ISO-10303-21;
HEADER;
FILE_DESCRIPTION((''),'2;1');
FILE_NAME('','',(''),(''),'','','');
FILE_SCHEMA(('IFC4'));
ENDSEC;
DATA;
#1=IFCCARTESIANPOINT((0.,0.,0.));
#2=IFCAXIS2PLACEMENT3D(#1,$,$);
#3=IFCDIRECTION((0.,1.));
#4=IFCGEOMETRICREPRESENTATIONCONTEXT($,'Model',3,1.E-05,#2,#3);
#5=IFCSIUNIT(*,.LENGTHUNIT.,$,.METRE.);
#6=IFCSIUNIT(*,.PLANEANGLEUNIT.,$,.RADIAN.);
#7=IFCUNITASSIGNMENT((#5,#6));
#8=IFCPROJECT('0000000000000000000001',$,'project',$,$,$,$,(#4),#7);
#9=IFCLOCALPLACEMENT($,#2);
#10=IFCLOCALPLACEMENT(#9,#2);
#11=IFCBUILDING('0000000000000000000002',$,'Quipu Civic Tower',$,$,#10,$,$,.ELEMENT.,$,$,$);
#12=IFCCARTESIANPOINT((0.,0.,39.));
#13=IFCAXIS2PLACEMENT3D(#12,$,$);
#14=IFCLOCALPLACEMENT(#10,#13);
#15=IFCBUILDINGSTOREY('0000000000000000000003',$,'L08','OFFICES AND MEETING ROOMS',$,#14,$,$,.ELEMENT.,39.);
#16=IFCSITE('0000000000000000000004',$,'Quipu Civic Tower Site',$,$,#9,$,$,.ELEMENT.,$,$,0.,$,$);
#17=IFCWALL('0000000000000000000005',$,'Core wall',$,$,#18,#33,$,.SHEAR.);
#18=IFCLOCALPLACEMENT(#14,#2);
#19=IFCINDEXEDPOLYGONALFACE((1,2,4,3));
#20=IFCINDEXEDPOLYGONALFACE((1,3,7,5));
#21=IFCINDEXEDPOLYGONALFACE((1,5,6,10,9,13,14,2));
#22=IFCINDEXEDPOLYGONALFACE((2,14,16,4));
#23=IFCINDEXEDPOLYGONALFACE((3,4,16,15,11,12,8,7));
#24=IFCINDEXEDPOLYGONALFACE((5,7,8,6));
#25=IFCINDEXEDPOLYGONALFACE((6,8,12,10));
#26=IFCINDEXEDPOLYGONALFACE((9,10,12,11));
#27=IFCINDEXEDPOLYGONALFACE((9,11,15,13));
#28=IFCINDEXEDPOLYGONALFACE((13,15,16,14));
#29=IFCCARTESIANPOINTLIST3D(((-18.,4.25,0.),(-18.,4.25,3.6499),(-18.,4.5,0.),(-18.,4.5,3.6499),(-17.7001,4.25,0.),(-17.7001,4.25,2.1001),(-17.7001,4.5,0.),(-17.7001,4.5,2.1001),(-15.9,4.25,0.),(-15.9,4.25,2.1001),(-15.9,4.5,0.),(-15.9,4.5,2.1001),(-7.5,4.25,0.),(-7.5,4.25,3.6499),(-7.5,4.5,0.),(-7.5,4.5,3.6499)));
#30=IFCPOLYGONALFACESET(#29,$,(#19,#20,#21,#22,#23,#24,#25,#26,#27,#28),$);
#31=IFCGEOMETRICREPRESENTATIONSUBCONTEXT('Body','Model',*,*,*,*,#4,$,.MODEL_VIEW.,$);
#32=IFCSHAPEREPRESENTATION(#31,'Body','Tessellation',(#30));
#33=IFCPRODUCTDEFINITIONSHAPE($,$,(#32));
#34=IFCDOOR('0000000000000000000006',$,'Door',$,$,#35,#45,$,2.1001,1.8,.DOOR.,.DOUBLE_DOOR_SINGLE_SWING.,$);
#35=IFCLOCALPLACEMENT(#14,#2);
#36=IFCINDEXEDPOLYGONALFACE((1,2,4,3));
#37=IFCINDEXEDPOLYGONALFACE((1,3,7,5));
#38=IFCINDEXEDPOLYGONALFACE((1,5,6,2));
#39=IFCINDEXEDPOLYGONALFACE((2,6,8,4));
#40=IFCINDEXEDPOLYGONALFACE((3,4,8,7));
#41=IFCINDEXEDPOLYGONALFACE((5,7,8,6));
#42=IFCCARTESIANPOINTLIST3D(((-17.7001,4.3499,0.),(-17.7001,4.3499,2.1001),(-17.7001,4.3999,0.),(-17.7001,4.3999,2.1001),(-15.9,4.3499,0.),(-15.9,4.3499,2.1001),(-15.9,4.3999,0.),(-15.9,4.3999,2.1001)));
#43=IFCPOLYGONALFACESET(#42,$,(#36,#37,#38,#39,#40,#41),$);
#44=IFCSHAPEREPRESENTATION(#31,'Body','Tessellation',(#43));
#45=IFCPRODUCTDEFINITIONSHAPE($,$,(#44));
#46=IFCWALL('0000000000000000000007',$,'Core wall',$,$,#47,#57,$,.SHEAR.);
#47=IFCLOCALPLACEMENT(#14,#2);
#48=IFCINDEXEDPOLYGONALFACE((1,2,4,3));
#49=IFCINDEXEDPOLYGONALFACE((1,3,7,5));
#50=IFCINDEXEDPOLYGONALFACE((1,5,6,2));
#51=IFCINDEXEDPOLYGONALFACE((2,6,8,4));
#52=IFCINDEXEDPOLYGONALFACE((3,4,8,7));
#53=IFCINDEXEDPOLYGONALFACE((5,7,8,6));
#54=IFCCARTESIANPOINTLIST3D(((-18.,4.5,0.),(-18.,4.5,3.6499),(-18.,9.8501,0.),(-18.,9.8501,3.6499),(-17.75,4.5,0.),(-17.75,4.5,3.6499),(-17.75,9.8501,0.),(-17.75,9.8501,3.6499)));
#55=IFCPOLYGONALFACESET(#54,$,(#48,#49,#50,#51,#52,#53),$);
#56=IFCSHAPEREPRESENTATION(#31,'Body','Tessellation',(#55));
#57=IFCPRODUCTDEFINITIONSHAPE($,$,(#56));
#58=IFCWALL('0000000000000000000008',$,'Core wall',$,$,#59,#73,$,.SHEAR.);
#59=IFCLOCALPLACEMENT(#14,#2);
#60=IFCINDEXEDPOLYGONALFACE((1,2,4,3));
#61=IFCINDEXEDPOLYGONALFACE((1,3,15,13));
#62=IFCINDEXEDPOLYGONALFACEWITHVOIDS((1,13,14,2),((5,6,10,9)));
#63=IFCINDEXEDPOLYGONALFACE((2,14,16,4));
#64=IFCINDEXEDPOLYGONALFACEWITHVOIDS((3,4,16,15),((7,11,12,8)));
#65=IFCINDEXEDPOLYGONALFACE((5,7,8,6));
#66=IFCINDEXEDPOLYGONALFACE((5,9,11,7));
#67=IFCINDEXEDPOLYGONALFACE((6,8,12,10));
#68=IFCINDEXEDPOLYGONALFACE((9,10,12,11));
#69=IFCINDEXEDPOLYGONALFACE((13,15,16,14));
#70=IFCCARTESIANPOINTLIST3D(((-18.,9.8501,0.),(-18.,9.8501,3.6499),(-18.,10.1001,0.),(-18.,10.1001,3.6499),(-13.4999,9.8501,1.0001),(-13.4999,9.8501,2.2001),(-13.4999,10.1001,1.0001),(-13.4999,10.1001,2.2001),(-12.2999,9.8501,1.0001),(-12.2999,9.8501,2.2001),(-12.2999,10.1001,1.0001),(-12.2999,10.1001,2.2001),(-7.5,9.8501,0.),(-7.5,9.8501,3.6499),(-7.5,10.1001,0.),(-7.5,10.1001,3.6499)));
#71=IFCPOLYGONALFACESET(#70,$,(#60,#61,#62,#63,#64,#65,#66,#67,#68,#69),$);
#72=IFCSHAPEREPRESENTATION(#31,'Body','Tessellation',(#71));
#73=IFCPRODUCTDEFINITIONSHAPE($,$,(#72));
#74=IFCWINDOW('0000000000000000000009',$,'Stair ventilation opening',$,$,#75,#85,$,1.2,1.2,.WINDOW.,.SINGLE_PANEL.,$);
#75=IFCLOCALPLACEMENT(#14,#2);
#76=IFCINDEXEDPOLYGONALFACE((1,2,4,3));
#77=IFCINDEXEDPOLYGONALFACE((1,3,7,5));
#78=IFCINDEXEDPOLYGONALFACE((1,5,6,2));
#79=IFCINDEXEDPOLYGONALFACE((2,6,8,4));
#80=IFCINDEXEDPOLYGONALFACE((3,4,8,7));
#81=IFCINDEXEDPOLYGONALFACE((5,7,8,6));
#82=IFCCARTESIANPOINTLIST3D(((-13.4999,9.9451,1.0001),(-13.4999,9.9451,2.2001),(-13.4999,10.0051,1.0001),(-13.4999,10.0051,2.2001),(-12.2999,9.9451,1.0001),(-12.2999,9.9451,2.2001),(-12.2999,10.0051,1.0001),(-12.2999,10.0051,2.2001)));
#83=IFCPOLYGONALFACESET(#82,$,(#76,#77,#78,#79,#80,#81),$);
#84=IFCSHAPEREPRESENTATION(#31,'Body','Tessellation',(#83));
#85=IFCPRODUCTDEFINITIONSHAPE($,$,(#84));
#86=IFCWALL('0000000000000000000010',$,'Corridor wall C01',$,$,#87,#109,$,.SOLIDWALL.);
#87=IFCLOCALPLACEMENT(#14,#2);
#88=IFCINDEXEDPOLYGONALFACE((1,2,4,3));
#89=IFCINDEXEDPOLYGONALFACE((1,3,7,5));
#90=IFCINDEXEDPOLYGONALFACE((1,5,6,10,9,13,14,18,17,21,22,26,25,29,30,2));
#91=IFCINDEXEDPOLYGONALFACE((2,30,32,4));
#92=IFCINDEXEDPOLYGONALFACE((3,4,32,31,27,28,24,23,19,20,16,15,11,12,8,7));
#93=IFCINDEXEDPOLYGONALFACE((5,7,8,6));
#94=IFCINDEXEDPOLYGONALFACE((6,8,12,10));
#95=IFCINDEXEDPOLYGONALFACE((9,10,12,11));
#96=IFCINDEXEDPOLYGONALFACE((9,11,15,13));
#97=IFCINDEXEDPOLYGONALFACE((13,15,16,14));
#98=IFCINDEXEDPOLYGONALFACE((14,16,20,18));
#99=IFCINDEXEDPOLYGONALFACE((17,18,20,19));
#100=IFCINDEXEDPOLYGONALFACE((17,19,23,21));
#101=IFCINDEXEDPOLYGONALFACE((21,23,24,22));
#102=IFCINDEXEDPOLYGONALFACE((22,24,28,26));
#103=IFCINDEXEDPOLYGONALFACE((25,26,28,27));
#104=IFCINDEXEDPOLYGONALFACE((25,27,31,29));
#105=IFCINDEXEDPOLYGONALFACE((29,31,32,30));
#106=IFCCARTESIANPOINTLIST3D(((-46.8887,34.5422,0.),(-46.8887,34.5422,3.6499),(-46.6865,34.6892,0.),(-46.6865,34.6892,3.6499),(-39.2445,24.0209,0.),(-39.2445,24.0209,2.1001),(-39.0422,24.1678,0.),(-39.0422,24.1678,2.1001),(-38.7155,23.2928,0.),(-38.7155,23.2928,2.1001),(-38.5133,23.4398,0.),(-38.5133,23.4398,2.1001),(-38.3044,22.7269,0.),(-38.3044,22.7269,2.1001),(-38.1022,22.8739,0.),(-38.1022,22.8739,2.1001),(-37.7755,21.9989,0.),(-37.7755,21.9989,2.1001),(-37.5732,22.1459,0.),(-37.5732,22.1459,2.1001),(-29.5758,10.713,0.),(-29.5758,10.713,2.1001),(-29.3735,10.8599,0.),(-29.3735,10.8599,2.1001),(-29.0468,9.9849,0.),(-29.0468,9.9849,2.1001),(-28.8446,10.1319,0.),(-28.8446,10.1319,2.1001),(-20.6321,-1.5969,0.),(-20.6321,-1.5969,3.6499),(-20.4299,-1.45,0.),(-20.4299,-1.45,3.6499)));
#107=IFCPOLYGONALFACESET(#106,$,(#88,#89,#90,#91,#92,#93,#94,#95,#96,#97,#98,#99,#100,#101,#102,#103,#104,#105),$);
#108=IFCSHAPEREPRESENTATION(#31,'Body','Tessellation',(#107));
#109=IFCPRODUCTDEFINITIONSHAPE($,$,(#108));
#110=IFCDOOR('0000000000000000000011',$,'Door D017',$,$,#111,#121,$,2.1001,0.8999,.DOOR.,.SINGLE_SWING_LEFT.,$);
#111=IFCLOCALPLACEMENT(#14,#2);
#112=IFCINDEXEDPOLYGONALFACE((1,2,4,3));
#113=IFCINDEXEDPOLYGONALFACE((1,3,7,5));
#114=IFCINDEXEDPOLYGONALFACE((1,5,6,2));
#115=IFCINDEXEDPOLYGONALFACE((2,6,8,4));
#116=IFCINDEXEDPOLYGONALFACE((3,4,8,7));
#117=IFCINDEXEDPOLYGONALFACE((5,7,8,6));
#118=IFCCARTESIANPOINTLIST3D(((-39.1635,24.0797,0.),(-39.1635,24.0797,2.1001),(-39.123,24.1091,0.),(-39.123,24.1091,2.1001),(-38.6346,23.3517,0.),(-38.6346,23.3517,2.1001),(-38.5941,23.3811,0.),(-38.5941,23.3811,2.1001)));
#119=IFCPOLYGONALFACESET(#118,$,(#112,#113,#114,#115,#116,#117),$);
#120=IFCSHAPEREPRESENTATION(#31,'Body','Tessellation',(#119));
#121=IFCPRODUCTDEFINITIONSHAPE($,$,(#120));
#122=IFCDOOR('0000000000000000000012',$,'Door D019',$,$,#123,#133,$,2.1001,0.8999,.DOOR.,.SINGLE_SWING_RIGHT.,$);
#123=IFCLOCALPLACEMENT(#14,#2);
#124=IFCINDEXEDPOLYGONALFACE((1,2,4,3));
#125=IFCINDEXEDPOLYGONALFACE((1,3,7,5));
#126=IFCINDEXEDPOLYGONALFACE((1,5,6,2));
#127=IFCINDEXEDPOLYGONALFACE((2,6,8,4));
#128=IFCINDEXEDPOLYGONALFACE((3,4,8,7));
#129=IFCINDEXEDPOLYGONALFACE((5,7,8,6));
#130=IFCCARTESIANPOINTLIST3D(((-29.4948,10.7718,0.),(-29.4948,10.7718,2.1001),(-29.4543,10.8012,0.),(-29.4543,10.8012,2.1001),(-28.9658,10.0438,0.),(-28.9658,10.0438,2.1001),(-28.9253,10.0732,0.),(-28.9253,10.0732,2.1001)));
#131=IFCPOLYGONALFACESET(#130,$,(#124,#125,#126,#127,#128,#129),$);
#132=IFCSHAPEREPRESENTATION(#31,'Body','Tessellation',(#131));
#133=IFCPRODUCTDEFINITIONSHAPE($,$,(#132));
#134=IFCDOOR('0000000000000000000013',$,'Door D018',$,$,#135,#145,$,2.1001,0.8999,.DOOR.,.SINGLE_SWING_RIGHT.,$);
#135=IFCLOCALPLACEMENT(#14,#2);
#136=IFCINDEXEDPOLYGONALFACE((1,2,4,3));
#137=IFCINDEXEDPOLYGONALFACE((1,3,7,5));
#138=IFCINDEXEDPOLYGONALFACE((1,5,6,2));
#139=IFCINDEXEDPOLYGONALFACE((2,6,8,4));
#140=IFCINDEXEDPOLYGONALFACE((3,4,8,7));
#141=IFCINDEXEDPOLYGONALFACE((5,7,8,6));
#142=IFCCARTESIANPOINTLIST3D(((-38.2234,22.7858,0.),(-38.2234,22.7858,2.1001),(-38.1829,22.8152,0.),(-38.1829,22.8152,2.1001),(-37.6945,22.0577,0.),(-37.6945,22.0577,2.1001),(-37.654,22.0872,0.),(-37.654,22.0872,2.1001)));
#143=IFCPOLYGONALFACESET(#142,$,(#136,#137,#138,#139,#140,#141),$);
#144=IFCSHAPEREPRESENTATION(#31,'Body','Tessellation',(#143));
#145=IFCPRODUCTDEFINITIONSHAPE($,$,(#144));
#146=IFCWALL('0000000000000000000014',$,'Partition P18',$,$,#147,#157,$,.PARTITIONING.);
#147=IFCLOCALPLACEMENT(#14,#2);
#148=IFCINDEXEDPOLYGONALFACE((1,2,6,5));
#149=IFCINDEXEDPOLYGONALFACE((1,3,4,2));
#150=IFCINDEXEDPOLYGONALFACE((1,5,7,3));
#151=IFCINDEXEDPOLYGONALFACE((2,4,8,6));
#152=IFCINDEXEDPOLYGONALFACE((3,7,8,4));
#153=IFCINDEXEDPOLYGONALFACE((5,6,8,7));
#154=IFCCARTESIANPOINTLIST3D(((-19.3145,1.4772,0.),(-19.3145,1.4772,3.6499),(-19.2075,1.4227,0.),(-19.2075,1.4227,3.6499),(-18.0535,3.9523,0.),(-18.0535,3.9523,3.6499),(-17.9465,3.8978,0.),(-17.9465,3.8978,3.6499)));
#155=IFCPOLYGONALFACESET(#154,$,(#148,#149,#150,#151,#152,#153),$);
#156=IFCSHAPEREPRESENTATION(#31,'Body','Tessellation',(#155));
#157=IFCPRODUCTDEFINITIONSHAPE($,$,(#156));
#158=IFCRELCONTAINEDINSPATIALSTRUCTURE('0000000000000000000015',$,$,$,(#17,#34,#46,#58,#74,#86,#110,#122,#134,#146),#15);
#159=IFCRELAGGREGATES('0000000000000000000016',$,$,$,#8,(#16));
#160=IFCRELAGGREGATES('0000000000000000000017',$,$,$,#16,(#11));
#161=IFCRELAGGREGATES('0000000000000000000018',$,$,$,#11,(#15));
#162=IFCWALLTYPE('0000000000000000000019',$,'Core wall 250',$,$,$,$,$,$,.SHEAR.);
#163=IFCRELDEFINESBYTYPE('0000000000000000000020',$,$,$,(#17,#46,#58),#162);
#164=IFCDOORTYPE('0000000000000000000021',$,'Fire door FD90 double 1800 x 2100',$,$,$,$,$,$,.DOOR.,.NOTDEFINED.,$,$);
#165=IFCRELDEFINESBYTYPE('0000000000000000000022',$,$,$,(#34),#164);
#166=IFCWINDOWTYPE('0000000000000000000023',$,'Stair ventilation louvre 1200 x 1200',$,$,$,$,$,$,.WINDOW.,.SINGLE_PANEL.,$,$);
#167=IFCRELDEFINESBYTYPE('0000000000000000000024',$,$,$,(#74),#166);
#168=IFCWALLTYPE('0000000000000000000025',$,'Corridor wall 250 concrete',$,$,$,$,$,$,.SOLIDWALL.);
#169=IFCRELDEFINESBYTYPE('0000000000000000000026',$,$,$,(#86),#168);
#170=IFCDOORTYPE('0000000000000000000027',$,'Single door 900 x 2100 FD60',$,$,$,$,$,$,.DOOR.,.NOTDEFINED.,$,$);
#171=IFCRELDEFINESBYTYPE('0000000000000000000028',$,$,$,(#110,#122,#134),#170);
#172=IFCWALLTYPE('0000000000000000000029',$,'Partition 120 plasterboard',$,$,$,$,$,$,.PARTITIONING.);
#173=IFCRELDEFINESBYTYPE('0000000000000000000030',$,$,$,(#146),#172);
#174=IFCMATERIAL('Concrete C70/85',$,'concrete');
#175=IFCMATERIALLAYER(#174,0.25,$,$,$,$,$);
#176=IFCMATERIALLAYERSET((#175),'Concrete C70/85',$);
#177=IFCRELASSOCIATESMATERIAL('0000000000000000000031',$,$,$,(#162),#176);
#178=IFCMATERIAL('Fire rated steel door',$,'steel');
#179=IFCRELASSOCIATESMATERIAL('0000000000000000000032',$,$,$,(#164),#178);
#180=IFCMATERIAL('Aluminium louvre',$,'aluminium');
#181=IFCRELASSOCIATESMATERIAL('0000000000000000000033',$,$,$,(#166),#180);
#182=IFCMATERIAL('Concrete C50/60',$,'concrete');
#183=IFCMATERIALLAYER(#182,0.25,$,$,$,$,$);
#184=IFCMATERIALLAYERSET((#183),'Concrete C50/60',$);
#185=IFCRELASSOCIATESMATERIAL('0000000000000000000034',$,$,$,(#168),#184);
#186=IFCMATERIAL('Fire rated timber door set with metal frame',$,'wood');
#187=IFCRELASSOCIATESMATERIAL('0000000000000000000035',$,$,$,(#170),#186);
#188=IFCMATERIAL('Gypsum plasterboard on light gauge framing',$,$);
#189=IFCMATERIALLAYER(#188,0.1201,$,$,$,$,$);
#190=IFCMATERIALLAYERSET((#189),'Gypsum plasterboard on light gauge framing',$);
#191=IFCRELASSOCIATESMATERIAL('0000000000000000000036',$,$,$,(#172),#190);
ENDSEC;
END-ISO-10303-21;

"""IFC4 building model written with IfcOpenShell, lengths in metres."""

from ifc_helpers import new_model, si_unit, direction, frame, frame_2d, origin, place, context, subcontext, project, spatial, rectangle, extrude, material, layer, layer_set, type_object, element, fill, save


model = new_model("IFC4")

# Units and contexts
model_context = context("Model", 3, precision=1e-05, world=origin(), true_north=direction((0.0, 1.0)))
body_context = subcontext(model_context, "Body", "Model", "MODEL_VIEW")
ifc_project = project(units=[si_unit("LENGTHUNIT", "METRE"), si_unit("PLANEANGLEUNIT", "RADIAN")], contexts=[model_context])

# Site, building, storey
site_placement = place(None, origin())
site = spatial("IfcSite", under=ifc_project, at=site_placement, Name="Quipu Civic Tower Site", CompositionType="ELEMENT", RefElevation=0.0)
building_placement = place(site_placement, origin())
building = spatial("IfcBuilding", under=site, at=building_placement, Name="Quipu Civic Tower", CompositionType="ELEMENT")
storey_placement = place(building_placement, frame((0.0, 0.0, 39.0)))
storey = spatial("IfcBuildingStorey", under=building, at=storey_placement, Name="L08", Description="OFFICES AND MEETING ROOMS", CompositionType="ELEMENT", Elevation=39.0)

# Shared definitions
ifc_material_1 = material(Name="Concrete C70/85", Category="concrete")
ifc_layer_1 = layer(ifc_material_1, 0.25)
ifc_layer_set_1 = layer_set([ifc_layer_1], Name="Concrete C70/85")
wall_type_1 = type_object("IfcWallType", Name="Core wall 250", PredefinedType="SHEAR", material=ifc_layer_set_1)
ifc_material_2 = material(Name="Fire rated steel door", Category="steel")
door_type_1 = type_object("IfcDoorType", Name="Fire door FD90 double 1800 x 2100", OperationType="NOTDEFINED", PredefinedType="DOOR", material=ifc_material_2)

# Wall, opening, door
wall_1_placement = place(storey_placement, frame((-18.0, 4.375, 0.0), z_axis=(0.0, 0.0, 1.0), x_axis=(1.0, 0.0, 0.0)))
wall_1 = element("IfcWall", 1, at=wall_1_placement, inside=storey, type_object=wall_type_1, Name="Core wall", PredefinedType="SHEAR", context=body_context, shape_type="SweptSolid", body=[
    extrude(rectangle(XDim=10.5, YDim=0.25, at=frame_2d((5.25, 0.0))), origin(), (0.0, 0.0, 1.0), 3.6499),
])
opening_1_placement = place(wall_1_placement, frame((0.3, 0.0, 0.0)))
opening_1 = element("IfcOpeningElement", 2, at=opening_1_placement, cuts=wall_1, PredefinedType="OPENING", context=body_context, shape_type="SweptSolid", body=[
    extrude(rectangle(XDim=1.8, YDim=2.1001, at=frame_2d((0.8999, 1.05))), frame((0.0, 0.135, 0.0), z_axis=(0.0, -1.0, 0.0), x_axis=(1.0, 0.0, 0.0)), (0.0, 0.0, 1.0), 0.27),
])
door_1_placement = place(opening_1_placement, origin())
door_1 = element("IfcDoor", 3, at=door_1_placement, inside=storey, type_object=door_type_1, Name="Door", OperationType="DOUBLE_DOOR_SINGLE_SWING", OverallHeight=2.1001, OverallWidth=1.8, PredefinedType="DOOR", context=body_context, shape_type="SweptSolid", body=[
    extrude(rectangle(XDim=1.8, YDim=2.1001, at=frame_2d((0.8999, 1.05))), frame((0.0, 0.0249, 0.0), z_axis=(0.0, -1.0, 0.0), x_axis=(1.0, 0.0, 0.0)), (0.0, 0.0, 1.0), 0.05),
])
fill(opening_1, door_1)

# Wall
wall_2_placement = place(storey_placement, frame((-17.875, 4.5, 0.0), z_axis=(0.0, 0.0, 1.0), x_axis=(0.0, 1.0, 0.0)))
element("IfcWall", 4, at=wall_2_placement, inside=storey, type_object=wall_type_1, Name="Core wall", PredefinedType="SHEAR", context=body_context, shape_type="SweptSolid", body=[
    extrude(rectangle(XDim=5.3501, YDim=0.25, at=frame_2d((2.675, 0.0))), origin(), (0.0, 0.0, 1.0), 3.6499),
])

# Wall, opening, window
wall_3_placement = place(storey_placement, frame((-18.0, 9.9751, 0.0), z_axis=(0.0, 0.0, 1.0), x_axis=(1.0, 0.0, 0.0)))
wall_3 = element("IfcWall", 5, at=wall_3_placement, inside=storey, type_object=wall_type_1, Name="Core wall", PredefinedType="SHEAR", context=body_context, shape_type="SweptSolid", body=[
    extrude(rectangle(XDim=10.5, YDim=0.25, at=frame_2d((5.25, 0.0))), origin(), (0.0, 0.0, 1.0), 3.6499),
])
opening_2_placement = place(wall_3_placement, frame((4.5, 0.0, 1.0)))
opening_2 = element("IfcOpeningElement", 6, at=opening_2_placement, cuts=wall_3, PredefinedType="OPENING", context=body_context, shape_type="SweptSolid", body=[
    extrude(rectangle(XDim=1.2, YDim=1.2, at=frame_2d((0.6001, 0.6001))), frame((0.0, 0.135, 0.0), z_axis=(0.0, -1.0, 0.0), x_axis=(1.0, 0.0, 0.0)), (0.0, 0.0, 1.0), 0.27),
])
ifc_material_3 = material(Name="Aluminium louvre", Category="aluminium")
window_type = type_object("IfcWindowType", Name="Stair ventilation louvre 1200 x 1200", PartitioningType="SINGLE_PANEL", PredefinedType="WINDOW", material=ifc_material_3)
window_placement = place(opening_2_placement, origin())
window = element("IfcWindow", 7, at=window_placement, inside=storey, type_object=window_type, Name="Stair ventilation opening", OverallHeight=1.2, OverallWidth=1.2, PartitioningType="SINGLE_PANEL", PredefinedType="WINDOW", context=body_context, shape_type="SweptSolid", body=[
    extrude(rectangle(XDim=1.2, YDim=1.2, at=frame_2d((0.6001, 0.6001))), frame((0.0, 0.03, 0.0), z_axis=(0.0, -1.0, 0.0), x_axis=(1.0, 0.0, 0.0)), (0.0, 0.0, 1.0), 0.0601),
])
fill(opening_2, window)

# Wall, openings, doors
ifc_material_4 = material(Name="Concrete C50/60", Category="concrete")
ifc_layer_2 = layer(ifc_material_4, 0.25)
ifc_layer_set_2 = layer_set([ifc_layer_2], Name="Concrete C50/60")
wall_type_2 = type_object("IfcWallType", Name="Corridor wall 250 concrete", PredefinedType="SOLIDWALL", material=ifc_layer_set_2)
wall_4_placement = place(storey_placement, frame((-20.531, -1.5234, 0.0), z_axis=(0.0, 0.0, 1.0), x_axis=(-0.587785, 0.809017, 0.0)))
wall_4 = element("IfcWall", 8, at=wall_4_placement, inside=storey, type_object=wall_type_2, Name="Corridor wall C01", PredefinedType="SOLIDWALL", context=body_context, shape_type="SweptSolid", body=[
    extrude(rectangle(XDim=44.6704, YDim=0.25, at=frame_2d((22.3352, 0.0))), origin(), (0.0, 0.0, 1.0), 3.6499),
])
opening_3_placement = place(wall_4_placement, frame((30.7654, 0.0, 0.0)))
opening_3 = element("IfcOpeningElement", 9, at=opening_3_placement, cuts=wall_4, PredefinedType="OPENING", context=body_context, shape_type="SweptSolid", body=[
    extrude(rectangle(XDim=0.8999, YDim=2.1001, at=frame_2d((0.45, 1.05))), frame((0.0, 0.135, 0.0), z_axis=(0.0, -1.0, 0.0), x_axis=(1.0, 0.0, 0.0)), (0.0, 0.0, 1.0), 0.27),
])
opening_4_placement = place(wall_4_placement, frame((14.3159, 0.0, 0.0)))
opening_4 = element("IfcOpeningElement", 10, at=opening_4_placement, cuts=wall_4, PredefinedType="OPENING", context=body_context, shape_type="SweptSolid", body=[
    extrude(rectangle(XDim=0.8999, YDim=2.1001, at=frame_2d((0.45, 1.05))), frame((0.0, 0.135, 0.0), z_axis=(0.0, -1.0, 0.0), x_axis=(1.0, 0.0, 0.0)), (0.0, 0.0, 1.0), 0.27),
])
opening_5_placement = place(wall_4_placement, frame((29.166, 0.0, 0.0)))
opening_5 = element("IfcOpeningElement", 11, at=opening_5_placement, cuts=wall_4, PredefinedType="OPENING", context=body_context, shape_type="SweptSolid", body=[
    extrude(rectangle(XDim=0.8999, YDim=2.1001, at=frame_2d((0.45, 1.05))), frame((0.0, 0.135, 0.0), z_axis=(0.0, -1.0, 0.0), x_axis=(1.0, 0.0, 0.0)), (0.0, 0.0, 1.0), 0.27),
])
ifc_material_5 = material(Name="Fire rated timber door set with metal frame", Category="wood")
door_type_2 = type_object("IfcDoorType", Name="Single door 900 x 2100 FD60", OperationType="NOTDEFINED", PredefinedType="DOOR", material=ifc_material_5)
door_2_placement = place(opening_3_placement, origin())
door_2 = element("IfcDoor", 12, at=door_2_placement, inside=storey, type_object=door_type_2, Name="Door D017", OperationType="SINGLE_SWING_LEFT", OverallHeight=2.1001, OverallWidth=0.8999, PredefinedType="DOOR", context=body_context, shape_type="SweptSolid", body=[
    extrude(rectangle(XDim=0.8999, YDim=2.1001, at=frame_2d((0.45, 1.05))), frame((0.0, 0.0249, 0.0), z_axis=(0.0, -1.0, 0.0), x_axis=(1.0, 0.0, 0.0)), (0.0, 0.0, 1.0), 0.05),
])
fill(opening_3, door_2)
door_3_placement = place(opening_4_placement, origin())
door_3 = element("IfcDoor", 13, at=door_3_placement, inside=storey, type_object=door_type_2, Name="Door D019", OperationType="SINGLE_SWING_RIGHT", OverallHeight=2.1001, OverallWidth=0.8999, PredefinedType="DOOR", context=body_context, shape_type="SweptSolid", body=[
    extrude(rectangle(XDim=0.8999, YDim=2.1001, at=frame_2d((0.45, 1.05))), frame((0.0, 0.0249, 0.0), z_axis=(0.0, -1.0, 0.0), x_axis=(1.0, 0.0, 0.0)), (0.0, 0.0, 1.0), 0.05),
])
fill(opening_4, door_3)
door_4_placement = place(opening_5_placement, origin())
door_4 = element("IfcDoor", 14, at=door_4_placement, inside=storey, type_object=door_type_2, Name="Door D018", OperationType="SINGLE_SWING_RIGHT", OverallHeight=2.1001, OverallWidth=0.8999, PredefinedType="DOOR", context=body_context, shape_type="SweptSolid", body=[
    extrude(rectangle(XDim=0.8999, YDim=2.1001, at=frame_2d((0.45, 1.05))), frame((0.0, 0.0249, 0.0), z_axis=(0.0, -1.0, 0.0), x_axis=(1.0, 0.0, 0.0)), (0.0, 0.0, 1.0), 0.05),
])
fill(opening_5, door_4)

# Wall
ifc_material_6 = material(Name="Gypsum plasterboard on light gauge framing")
ifc_layer_3 = layer(ifc_material_6, 0.1201)
ifc_layer_set_3 = layer_set([ifc_layer_3], Name="Gypsum plasterboard on light gauge framing")
wall_type_3 = type_object("IfcWallType", Name="Partition 120 plasterboard", PredefinedType="PARTITIONING", material=ifc_layer_set_3)
wall_5_placement = place(storey_placement, frame((-19.261, 1.45, 0.0), z_axis=(0.0, 0.0, 1.0), x_axis=(0.453951, 0.891027, 0.0)))
element("IfcWall", 15, at=wall_5_placement, inside=storey, type_object=wall_type_3, Name="Partition P18", PredefinedType="PARTITIONING", context=body_context, shape_type="SweptSolid", body=[
    extrude(rectangle(XDim=2.7778, YDim=0.1201, at=frame_2d((1.3889, 0.0))), origin(), (0.0, 0.0, 1.0), 3.6499),
])

save(model, "model.ifc")
